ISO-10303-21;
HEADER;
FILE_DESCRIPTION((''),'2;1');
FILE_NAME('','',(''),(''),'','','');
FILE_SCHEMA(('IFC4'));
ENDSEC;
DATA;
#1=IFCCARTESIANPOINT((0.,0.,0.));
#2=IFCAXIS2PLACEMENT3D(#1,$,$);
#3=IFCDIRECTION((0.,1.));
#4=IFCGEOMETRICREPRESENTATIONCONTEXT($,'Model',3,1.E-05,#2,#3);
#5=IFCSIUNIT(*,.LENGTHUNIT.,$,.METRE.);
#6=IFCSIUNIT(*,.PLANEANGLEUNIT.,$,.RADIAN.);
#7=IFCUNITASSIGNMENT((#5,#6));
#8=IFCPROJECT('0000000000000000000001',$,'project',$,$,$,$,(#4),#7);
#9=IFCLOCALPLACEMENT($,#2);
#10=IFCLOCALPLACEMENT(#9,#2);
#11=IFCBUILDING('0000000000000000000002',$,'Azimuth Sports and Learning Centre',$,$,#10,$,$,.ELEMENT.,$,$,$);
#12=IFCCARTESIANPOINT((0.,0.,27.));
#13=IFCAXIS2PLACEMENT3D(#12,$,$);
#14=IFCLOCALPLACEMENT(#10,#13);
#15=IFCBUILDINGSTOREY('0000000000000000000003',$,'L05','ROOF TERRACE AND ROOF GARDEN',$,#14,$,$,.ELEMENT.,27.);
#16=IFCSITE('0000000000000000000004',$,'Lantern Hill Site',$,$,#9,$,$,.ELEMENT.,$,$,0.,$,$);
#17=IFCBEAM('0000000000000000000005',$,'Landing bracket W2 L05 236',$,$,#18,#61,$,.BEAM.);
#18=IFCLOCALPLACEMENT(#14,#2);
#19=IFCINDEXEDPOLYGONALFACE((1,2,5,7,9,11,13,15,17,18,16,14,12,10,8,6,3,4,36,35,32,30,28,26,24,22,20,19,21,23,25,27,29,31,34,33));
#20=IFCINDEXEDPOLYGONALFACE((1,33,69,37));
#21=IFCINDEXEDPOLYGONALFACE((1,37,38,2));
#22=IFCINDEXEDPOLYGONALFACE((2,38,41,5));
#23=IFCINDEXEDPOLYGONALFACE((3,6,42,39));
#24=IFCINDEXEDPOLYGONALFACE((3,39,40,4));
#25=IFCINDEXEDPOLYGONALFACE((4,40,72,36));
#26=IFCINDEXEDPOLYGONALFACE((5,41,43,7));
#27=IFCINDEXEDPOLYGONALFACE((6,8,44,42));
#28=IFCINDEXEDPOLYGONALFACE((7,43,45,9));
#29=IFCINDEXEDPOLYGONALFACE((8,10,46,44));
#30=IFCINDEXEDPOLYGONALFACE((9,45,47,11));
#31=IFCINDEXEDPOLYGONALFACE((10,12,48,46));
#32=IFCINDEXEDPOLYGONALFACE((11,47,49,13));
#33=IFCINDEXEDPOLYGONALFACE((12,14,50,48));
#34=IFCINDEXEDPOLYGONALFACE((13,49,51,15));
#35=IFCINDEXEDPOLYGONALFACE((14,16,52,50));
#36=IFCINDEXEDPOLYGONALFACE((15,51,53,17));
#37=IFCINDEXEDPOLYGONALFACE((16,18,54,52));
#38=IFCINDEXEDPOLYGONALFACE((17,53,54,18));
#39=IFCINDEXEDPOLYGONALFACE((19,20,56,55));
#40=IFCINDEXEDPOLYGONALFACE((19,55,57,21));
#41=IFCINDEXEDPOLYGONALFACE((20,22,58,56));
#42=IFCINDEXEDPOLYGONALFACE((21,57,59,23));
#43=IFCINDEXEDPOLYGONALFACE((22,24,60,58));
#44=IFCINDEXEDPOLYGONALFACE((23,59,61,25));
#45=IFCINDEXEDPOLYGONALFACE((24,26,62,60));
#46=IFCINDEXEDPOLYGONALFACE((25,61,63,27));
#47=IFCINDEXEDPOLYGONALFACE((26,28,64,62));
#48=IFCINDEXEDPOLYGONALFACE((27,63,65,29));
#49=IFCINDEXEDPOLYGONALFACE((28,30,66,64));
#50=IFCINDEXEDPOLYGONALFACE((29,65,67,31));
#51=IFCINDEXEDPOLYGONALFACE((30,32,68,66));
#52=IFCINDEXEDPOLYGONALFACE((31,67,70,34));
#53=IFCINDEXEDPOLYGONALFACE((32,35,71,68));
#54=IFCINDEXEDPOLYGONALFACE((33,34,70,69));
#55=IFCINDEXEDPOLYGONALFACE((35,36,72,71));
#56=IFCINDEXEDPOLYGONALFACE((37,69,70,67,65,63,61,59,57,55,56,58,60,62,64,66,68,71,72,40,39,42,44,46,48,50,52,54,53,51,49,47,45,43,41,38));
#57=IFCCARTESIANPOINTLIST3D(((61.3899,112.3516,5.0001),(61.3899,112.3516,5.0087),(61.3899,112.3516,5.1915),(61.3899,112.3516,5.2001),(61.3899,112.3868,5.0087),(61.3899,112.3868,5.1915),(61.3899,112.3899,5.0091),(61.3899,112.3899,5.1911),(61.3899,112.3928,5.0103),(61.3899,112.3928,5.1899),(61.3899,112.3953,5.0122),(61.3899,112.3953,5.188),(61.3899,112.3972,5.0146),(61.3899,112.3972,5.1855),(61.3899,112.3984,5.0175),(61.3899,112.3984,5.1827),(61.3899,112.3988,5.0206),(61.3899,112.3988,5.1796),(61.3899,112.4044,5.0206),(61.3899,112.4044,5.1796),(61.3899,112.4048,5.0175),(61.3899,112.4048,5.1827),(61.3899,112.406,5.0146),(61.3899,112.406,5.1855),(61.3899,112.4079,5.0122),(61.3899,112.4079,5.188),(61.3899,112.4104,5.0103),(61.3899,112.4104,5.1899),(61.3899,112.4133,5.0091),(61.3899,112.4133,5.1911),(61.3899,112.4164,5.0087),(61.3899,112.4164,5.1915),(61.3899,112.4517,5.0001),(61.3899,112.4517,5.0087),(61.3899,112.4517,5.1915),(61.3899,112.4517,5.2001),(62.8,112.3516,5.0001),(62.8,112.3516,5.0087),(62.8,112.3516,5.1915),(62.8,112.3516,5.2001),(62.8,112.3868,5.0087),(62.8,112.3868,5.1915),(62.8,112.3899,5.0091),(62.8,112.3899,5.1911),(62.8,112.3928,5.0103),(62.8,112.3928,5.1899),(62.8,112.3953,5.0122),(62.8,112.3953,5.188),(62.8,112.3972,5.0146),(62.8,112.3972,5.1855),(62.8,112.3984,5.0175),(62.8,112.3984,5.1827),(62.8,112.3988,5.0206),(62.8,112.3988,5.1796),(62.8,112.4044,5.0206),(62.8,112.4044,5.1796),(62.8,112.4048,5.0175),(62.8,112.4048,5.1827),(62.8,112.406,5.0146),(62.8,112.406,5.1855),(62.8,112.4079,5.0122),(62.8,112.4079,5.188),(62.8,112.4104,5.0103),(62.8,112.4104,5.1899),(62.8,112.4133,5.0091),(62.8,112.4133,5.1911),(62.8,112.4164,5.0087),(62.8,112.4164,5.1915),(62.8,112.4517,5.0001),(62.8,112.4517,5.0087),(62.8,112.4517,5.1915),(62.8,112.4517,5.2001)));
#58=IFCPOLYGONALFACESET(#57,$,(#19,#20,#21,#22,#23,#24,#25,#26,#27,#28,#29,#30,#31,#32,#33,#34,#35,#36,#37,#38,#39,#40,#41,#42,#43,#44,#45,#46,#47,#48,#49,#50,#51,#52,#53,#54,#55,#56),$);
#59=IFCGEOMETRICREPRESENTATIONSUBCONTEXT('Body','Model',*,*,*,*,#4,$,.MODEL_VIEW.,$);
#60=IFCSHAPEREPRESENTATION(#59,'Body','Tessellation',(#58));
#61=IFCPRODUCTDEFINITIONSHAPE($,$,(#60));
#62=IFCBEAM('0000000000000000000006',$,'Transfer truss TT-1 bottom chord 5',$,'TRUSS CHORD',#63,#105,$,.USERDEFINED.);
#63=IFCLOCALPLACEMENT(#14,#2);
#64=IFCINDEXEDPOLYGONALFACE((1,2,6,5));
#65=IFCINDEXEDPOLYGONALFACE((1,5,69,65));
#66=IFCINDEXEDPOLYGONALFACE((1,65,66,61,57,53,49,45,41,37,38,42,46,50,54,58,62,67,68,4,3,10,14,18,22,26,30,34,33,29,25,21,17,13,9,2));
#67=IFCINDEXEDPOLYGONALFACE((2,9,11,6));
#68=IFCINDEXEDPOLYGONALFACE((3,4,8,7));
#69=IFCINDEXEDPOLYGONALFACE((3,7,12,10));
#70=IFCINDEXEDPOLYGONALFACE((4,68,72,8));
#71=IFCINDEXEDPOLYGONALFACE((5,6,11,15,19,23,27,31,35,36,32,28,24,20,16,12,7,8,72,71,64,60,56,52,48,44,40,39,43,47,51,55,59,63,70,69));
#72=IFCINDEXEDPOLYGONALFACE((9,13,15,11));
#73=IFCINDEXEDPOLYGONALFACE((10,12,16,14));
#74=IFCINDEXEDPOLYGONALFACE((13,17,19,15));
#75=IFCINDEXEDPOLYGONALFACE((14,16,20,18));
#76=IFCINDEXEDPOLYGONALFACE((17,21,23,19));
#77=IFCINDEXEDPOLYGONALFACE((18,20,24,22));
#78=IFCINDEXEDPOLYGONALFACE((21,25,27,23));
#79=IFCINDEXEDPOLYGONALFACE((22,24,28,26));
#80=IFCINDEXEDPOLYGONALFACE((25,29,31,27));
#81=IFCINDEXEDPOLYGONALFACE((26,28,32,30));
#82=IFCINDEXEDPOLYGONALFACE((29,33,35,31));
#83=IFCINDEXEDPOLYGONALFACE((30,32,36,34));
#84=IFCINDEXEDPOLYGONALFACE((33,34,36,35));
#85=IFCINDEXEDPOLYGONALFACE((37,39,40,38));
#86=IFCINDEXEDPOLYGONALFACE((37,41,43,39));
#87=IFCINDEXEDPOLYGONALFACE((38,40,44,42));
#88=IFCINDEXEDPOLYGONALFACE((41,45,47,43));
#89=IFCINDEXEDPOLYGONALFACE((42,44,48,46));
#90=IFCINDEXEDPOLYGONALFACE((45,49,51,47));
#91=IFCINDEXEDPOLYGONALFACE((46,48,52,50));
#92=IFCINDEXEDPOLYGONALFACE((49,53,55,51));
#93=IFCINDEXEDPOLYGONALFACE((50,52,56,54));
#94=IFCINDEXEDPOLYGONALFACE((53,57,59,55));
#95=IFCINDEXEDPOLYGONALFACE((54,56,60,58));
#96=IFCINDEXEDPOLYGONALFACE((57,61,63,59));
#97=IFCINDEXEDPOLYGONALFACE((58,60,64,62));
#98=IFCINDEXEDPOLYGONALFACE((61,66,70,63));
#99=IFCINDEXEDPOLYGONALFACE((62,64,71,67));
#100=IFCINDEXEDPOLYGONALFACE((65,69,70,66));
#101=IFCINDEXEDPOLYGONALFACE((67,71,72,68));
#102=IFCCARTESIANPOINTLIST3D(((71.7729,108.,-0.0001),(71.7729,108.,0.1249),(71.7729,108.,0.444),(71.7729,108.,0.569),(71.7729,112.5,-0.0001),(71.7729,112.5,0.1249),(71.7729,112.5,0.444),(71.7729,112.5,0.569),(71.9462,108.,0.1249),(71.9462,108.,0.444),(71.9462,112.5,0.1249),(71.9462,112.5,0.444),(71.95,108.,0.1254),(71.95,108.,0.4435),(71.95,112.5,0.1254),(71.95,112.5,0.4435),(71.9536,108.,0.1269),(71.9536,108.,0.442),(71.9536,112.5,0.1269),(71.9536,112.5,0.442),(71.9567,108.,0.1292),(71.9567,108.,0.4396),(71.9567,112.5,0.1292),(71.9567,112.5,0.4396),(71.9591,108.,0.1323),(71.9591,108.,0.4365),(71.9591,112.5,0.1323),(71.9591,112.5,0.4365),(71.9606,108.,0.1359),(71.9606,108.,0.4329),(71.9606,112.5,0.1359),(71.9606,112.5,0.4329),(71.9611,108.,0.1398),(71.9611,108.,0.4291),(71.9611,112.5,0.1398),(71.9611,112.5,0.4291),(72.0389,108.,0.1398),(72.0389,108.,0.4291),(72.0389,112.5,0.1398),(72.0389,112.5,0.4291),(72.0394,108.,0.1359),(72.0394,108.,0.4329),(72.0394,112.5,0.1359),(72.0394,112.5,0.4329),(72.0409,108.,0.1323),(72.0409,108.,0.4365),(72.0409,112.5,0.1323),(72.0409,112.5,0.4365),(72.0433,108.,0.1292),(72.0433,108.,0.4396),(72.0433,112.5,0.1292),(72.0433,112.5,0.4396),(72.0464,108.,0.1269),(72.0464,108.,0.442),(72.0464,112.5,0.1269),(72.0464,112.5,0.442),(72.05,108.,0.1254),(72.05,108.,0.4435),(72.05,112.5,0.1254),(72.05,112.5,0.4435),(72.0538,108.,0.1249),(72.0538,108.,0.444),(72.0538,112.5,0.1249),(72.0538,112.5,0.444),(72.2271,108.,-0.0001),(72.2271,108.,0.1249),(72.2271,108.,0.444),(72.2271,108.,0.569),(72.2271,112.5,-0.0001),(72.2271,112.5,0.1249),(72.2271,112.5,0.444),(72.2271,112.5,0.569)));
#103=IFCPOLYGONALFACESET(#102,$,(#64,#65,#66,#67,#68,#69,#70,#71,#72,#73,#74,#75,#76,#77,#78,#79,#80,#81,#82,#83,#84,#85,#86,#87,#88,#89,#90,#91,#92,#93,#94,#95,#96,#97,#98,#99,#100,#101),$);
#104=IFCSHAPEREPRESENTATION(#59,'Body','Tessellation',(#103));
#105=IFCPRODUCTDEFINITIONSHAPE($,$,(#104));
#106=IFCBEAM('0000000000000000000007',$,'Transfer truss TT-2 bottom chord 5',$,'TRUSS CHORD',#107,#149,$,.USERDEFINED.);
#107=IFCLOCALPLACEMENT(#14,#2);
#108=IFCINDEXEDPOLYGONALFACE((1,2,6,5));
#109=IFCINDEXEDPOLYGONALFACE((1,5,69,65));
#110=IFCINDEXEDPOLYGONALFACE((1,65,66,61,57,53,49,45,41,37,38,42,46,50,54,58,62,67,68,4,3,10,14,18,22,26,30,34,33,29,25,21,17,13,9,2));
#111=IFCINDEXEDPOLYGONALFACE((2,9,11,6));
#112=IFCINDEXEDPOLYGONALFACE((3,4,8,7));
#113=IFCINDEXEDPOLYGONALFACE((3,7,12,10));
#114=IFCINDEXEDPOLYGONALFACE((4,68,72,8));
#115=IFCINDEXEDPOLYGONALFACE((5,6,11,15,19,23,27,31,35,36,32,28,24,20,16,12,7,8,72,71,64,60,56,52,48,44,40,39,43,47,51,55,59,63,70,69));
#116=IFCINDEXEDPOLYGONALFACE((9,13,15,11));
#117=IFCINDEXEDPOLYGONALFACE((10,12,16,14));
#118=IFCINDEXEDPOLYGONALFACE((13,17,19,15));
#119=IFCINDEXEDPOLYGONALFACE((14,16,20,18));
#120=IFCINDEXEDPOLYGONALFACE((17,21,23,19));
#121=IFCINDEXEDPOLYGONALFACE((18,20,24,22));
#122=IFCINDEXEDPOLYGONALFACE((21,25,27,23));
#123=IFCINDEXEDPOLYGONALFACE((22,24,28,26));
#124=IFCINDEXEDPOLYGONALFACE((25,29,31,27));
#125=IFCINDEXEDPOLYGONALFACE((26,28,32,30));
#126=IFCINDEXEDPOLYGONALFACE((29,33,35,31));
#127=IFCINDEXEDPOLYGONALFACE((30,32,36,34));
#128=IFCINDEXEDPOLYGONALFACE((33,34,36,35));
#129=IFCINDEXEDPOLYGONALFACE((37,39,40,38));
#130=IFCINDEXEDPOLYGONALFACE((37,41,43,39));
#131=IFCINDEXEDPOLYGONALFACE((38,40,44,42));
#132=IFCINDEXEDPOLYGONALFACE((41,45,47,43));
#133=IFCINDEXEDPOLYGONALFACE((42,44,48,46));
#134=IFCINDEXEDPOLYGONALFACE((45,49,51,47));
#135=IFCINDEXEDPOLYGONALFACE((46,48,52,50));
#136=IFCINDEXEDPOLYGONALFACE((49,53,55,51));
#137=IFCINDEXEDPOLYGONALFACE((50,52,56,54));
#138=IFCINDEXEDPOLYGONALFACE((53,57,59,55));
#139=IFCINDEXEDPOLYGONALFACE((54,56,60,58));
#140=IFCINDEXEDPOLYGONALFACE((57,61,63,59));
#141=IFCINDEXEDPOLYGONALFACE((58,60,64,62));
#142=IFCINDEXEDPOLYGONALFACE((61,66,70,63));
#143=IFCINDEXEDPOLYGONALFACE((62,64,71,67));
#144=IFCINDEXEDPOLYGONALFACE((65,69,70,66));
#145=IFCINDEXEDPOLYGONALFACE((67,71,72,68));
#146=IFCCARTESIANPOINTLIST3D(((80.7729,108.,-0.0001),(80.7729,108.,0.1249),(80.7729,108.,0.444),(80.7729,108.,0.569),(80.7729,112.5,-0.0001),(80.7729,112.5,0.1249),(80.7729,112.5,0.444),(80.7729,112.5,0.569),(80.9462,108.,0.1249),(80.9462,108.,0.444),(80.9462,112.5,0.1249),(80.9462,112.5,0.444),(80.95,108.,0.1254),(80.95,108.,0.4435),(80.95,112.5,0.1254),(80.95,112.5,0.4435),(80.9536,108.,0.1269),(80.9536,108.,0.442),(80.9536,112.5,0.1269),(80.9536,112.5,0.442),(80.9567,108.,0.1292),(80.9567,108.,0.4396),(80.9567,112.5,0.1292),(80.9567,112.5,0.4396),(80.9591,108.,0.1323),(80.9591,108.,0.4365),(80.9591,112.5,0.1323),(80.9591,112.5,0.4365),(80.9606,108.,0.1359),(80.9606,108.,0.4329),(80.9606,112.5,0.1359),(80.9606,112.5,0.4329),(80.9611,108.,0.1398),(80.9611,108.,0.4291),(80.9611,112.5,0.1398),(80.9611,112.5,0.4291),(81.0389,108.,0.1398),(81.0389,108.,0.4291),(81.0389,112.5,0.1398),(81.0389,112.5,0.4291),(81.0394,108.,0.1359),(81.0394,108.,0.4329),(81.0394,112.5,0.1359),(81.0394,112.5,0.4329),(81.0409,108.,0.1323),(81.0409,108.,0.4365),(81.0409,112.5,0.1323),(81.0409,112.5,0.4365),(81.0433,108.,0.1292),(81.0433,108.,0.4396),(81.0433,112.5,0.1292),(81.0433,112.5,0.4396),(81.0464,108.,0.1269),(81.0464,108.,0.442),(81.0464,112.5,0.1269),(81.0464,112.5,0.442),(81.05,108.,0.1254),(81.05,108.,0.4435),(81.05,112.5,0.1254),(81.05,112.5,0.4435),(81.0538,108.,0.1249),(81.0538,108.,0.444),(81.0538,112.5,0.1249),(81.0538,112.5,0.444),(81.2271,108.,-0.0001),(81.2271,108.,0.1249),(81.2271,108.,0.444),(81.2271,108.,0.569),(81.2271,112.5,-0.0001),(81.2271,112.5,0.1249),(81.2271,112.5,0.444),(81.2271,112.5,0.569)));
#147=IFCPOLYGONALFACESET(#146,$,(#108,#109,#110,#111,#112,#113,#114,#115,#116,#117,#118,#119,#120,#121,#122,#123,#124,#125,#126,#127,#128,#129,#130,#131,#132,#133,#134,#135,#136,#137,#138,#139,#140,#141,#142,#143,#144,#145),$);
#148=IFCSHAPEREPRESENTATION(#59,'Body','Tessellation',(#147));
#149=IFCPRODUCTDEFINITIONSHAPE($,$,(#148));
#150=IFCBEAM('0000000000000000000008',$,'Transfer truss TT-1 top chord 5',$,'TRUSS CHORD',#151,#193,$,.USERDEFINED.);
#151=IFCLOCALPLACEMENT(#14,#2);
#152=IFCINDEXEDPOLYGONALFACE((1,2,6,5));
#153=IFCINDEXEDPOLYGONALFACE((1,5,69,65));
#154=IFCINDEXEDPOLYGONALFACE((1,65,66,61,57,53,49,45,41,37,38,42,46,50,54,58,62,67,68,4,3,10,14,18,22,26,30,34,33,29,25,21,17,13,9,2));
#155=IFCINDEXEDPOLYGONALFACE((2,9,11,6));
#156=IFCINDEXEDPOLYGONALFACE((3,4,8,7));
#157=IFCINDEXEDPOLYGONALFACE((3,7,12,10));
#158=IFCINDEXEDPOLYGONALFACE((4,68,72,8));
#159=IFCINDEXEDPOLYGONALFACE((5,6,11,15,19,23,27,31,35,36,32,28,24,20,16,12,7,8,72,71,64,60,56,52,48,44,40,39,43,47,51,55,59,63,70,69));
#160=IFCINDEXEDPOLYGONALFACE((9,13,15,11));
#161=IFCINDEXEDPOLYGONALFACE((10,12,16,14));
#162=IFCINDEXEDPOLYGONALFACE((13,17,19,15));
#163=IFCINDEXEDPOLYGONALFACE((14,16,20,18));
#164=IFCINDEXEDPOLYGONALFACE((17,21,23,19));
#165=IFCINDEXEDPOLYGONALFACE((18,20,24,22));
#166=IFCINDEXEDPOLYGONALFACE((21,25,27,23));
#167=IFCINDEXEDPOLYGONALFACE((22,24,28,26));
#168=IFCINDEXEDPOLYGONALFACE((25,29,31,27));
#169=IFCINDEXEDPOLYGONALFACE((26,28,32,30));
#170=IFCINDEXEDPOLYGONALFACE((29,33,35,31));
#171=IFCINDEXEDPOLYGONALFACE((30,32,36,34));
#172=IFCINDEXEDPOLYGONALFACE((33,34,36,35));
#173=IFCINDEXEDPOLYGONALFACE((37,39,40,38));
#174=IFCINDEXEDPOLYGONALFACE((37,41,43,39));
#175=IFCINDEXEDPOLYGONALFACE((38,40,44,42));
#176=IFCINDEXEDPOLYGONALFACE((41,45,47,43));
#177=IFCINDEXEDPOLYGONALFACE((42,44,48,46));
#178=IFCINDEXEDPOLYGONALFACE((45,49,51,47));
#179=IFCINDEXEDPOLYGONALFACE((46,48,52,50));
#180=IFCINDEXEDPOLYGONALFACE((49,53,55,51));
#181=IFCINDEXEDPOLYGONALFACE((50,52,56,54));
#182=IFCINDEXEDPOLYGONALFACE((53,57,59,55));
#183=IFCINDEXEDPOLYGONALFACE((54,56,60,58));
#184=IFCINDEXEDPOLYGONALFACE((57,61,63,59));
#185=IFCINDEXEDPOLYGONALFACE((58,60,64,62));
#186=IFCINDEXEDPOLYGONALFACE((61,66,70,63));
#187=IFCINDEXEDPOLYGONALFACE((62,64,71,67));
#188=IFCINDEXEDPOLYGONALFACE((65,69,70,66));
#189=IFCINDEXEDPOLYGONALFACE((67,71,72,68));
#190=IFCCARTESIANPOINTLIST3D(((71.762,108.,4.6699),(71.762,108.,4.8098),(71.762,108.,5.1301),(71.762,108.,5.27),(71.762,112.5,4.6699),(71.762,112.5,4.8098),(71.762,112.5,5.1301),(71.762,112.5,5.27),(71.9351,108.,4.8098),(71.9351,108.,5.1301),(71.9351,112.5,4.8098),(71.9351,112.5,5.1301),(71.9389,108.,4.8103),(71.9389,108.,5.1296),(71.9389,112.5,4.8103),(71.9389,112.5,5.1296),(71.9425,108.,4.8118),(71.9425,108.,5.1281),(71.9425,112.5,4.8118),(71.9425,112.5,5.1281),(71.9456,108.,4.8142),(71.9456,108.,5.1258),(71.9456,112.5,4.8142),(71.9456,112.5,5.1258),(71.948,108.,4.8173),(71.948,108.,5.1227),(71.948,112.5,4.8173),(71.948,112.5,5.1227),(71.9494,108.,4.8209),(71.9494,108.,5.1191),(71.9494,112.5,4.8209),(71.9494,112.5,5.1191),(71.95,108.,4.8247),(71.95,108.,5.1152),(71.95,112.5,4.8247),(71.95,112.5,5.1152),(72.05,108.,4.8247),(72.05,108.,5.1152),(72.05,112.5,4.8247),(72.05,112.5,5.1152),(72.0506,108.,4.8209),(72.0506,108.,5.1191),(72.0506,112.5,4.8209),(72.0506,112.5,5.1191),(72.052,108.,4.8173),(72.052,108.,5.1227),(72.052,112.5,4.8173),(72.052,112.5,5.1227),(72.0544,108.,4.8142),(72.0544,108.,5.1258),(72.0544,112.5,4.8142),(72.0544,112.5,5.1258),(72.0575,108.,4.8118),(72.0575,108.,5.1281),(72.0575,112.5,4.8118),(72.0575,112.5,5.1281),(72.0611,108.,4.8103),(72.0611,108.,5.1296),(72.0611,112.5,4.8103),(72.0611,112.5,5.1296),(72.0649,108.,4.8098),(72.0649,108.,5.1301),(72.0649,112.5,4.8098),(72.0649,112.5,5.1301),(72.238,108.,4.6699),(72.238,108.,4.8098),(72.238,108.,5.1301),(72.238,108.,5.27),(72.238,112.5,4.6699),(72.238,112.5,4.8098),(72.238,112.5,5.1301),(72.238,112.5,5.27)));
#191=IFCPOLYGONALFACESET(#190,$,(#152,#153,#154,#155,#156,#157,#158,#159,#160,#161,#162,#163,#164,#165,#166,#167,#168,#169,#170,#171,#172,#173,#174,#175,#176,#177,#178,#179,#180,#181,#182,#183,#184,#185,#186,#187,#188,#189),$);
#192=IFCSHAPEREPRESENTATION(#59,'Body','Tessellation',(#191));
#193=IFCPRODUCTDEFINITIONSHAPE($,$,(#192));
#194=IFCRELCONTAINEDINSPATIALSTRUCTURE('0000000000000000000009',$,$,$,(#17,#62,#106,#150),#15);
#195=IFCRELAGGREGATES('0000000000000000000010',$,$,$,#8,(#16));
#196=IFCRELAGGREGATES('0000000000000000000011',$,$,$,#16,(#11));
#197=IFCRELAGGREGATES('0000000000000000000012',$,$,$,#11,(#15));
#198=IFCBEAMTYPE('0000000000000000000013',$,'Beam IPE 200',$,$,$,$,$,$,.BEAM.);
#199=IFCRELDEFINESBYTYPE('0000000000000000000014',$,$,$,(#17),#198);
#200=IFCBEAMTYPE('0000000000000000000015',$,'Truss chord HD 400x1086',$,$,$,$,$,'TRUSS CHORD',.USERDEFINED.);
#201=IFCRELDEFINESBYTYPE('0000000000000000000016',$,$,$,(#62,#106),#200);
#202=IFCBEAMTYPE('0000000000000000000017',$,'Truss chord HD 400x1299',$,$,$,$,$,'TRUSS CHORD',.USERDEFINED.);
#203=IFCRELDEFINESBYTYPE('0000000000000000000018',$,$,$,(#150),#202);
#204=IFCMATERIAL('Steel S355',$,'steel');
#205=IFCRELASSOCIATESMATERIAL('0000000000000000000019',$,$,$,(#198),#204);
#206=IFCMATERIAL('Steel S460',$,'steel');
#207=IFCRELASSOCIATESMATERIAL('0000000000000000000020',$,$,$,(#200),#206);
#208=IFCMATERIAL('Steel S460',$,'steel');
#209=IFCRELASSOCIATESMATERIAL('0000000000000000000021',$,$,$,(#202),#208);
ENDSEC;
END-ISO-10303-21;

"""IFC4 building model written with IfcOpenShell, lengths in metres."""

from ifc_helpers import new_model, si_unit, direction, frame, origin, origin_2d, place, context, subcontext, project, spatial, i_section, extrude, material, material_profile, profile_set, type_object, element, save


model = new_model("IFC4")

# Units and contexts
model_context = context("Model", 3, precision=1e-05, world=origin(), true_north=direction((0.0, 1.0)))
body_context = subcontext(model_context, "Body", "Model", "MODEL_VIEW")
ifc_project = project(units=[si_unit("LENGTHUNIT", "METRE"), si_unit("PLANEANGLEUNIT", "RADIAN")], contexts=[model_context])

# Site, building, storey
site_placement = place(None, origin())
site = spatial("IfcSite", under=ifc_project, at=site_placement, Name="Lantern Hill Site", CompositionType="ELEMENT", RefElevation=0.0)
building_placement = place(site_placement, origin())
building = spatial("IfcBuilding", under=site, at=building_placement, Name="Azimuth Sports and Learning Centre", CompositionType="ELEMENT")
storey_placement = place(building_placement, frame((0.0, 0.0, 27.0)))
storey = spatial("IfcBuildingStorey", under=building, at=storey_placement, Name="L05", Description="ROOF TERRACE AND ROOF GARDEN", CompositionType="ELEMENT", Elevation=27.0)

# Beams
ifc_material_1 = material(Name="Steel S355", Category="steel")
ifc_material_profile_1 = material_profile(ifc_material_1, i_section(OverallWidth=0.1001, OverallDepth=0.2, WebThickness=0.0056, FlangeThickness=0.0085, FilletRadius=0.012, at=origin_2d()), Name="IPE 200")
ifc_profile_set_1 = profile_set([ifc_material_profile_1], Name="Steel S355")
beam_type_1 = type_object("IfcBeamType", Name="Beam IPE 200", PredefinedType="BEAM", material=ifc_profile_set_1)
for number, where, z_axis, x_axis, name in (
    (1, (62.8, 112.4016, 5.1001), (-1.0, 0.0, 0.0), (0.0, -1.0, 0.0), "Landing bracket W2 L05 236"),
):
    element("IfcBeam", number, at=place(storey_placement, frame(where, z_axis=z_axis, x_axis=x_axis)), inside=storey, type_object=beam_type_1, Name=name, PredefinedType="BEAM", context=body_context, shape_type="SweptSolid", body=[
        extrude(i_section(OverallWidth=0.1001, OverallDepth=0.2, WebThickness=0.0056, FlangeThickness=0.0085, FilletRadius=0.012, at=origin_2d()), origin(), (0.0, 0.0, 1.0), 1.4102),
    ])
ifc_material_2 = material(Name="Steel S460", Category="steel")
ifc_material_profile_2 = material_profile(ifc_material_2, i_section(OverallWidth=0.4541, OverallDepth=0.5691, WebThickness=0.0779, FlangeThickness=0.125, FilletRadius=0.0149, at=origin_2d()), Name="HD 400x1086")
ifc_profile_set_2 = profile_set([ifc_material_profile_2], Name="Steel S460")
beam_type_2 = type_object("IfcBeamType", Name="Truss chord HD 400x1086", ElementType="TRUSS CHORD", PredefinedType="USERDEFINED", material=ifc_profile_set_2)
for number, where, z_axis, x_axis, name in (
    (2, (72.0, 108.0, 0.2844), (0.0, 1.0, 0.0), (-1.0, 0.0, 0.0), "Transfer truss TT-1 bottom chord 5"),
    (3, (81.0, 108.0, 0.2844), (0.0, 1.0, 0.0), (-1.0, 0.0, 0.0), "Transfer truss TT-2 bottom chord 5"),
):
    element("IfcBeam", number, at=place(storey_placement, frame(where, z_axis=z_axis, x_axis=x_axis)), inside=storey, type_object=beam_type_2, Name=name, ObjectType="TRUSS CHORD", PredefinedType="USERDEFINED", context=body_context, shape_type="SweptSolid", body=[
        extrude(i_section(OverallWidth=0.4541, OverallDepth=0.5691, WebThickness=0.0779, FlangeThickness=0.125, FilletRadius=0.0149, at=origin_2d()), origin(), (0.0, 0.0, 1.0), 4.5),
    ])
ifc_material_3 = material(Name="Steel S460", Category="steel")
ifc_material_profile_3 = material_profile(ifc_material_3, i_section(OverallWidth=0.4761, OverallDepth=0.6001, WebThickness=0.1001, FlangeThickness=0.1399, FilletRadius=0.0149, at=origin_2d()), Name="HD 400x1299")
ifc_profile_set_3 = profile_set([ifc_material_profile_3], Name="Steel S460")
beam_type_3 = type_object("IfcBeamType", Name="Truss chord HD 400x1299", ElementType="TRUSS CHORD", PredefinedType="USERDEFINED", material=ifc_profile_set_3)
for number, where, z_axis, x_axis, name in (
    (4, (72.0, 108.0, 4.97), (0.0, 1.0, 0.0), (-1.0, 0.0, 0.0), "Transfer truss TT-1 top chord 5"),
):
    element("IfcBeam", number, at=place(storey_placement, frame(where, z_axis=z_axis, x_axis=x_axis)), inside=storey, type_object=beam_type_3, Name=name, ObjectType="TRUSS CHORD", PredefinedType="USERDEFINED", context=body_context, shape_type="SweptSolid", body=[
        extrude(i_section(OverallWidth=0.4761, OverallDepth=0.6001, WebThickness=0.1001, FlangeThickness=0.1399, FilletRadius=0.0149, at=origin_2d()), origin(), (0.0, 0.0, 1.0), 4.5),
    ])

save(model, "model.ifc")
